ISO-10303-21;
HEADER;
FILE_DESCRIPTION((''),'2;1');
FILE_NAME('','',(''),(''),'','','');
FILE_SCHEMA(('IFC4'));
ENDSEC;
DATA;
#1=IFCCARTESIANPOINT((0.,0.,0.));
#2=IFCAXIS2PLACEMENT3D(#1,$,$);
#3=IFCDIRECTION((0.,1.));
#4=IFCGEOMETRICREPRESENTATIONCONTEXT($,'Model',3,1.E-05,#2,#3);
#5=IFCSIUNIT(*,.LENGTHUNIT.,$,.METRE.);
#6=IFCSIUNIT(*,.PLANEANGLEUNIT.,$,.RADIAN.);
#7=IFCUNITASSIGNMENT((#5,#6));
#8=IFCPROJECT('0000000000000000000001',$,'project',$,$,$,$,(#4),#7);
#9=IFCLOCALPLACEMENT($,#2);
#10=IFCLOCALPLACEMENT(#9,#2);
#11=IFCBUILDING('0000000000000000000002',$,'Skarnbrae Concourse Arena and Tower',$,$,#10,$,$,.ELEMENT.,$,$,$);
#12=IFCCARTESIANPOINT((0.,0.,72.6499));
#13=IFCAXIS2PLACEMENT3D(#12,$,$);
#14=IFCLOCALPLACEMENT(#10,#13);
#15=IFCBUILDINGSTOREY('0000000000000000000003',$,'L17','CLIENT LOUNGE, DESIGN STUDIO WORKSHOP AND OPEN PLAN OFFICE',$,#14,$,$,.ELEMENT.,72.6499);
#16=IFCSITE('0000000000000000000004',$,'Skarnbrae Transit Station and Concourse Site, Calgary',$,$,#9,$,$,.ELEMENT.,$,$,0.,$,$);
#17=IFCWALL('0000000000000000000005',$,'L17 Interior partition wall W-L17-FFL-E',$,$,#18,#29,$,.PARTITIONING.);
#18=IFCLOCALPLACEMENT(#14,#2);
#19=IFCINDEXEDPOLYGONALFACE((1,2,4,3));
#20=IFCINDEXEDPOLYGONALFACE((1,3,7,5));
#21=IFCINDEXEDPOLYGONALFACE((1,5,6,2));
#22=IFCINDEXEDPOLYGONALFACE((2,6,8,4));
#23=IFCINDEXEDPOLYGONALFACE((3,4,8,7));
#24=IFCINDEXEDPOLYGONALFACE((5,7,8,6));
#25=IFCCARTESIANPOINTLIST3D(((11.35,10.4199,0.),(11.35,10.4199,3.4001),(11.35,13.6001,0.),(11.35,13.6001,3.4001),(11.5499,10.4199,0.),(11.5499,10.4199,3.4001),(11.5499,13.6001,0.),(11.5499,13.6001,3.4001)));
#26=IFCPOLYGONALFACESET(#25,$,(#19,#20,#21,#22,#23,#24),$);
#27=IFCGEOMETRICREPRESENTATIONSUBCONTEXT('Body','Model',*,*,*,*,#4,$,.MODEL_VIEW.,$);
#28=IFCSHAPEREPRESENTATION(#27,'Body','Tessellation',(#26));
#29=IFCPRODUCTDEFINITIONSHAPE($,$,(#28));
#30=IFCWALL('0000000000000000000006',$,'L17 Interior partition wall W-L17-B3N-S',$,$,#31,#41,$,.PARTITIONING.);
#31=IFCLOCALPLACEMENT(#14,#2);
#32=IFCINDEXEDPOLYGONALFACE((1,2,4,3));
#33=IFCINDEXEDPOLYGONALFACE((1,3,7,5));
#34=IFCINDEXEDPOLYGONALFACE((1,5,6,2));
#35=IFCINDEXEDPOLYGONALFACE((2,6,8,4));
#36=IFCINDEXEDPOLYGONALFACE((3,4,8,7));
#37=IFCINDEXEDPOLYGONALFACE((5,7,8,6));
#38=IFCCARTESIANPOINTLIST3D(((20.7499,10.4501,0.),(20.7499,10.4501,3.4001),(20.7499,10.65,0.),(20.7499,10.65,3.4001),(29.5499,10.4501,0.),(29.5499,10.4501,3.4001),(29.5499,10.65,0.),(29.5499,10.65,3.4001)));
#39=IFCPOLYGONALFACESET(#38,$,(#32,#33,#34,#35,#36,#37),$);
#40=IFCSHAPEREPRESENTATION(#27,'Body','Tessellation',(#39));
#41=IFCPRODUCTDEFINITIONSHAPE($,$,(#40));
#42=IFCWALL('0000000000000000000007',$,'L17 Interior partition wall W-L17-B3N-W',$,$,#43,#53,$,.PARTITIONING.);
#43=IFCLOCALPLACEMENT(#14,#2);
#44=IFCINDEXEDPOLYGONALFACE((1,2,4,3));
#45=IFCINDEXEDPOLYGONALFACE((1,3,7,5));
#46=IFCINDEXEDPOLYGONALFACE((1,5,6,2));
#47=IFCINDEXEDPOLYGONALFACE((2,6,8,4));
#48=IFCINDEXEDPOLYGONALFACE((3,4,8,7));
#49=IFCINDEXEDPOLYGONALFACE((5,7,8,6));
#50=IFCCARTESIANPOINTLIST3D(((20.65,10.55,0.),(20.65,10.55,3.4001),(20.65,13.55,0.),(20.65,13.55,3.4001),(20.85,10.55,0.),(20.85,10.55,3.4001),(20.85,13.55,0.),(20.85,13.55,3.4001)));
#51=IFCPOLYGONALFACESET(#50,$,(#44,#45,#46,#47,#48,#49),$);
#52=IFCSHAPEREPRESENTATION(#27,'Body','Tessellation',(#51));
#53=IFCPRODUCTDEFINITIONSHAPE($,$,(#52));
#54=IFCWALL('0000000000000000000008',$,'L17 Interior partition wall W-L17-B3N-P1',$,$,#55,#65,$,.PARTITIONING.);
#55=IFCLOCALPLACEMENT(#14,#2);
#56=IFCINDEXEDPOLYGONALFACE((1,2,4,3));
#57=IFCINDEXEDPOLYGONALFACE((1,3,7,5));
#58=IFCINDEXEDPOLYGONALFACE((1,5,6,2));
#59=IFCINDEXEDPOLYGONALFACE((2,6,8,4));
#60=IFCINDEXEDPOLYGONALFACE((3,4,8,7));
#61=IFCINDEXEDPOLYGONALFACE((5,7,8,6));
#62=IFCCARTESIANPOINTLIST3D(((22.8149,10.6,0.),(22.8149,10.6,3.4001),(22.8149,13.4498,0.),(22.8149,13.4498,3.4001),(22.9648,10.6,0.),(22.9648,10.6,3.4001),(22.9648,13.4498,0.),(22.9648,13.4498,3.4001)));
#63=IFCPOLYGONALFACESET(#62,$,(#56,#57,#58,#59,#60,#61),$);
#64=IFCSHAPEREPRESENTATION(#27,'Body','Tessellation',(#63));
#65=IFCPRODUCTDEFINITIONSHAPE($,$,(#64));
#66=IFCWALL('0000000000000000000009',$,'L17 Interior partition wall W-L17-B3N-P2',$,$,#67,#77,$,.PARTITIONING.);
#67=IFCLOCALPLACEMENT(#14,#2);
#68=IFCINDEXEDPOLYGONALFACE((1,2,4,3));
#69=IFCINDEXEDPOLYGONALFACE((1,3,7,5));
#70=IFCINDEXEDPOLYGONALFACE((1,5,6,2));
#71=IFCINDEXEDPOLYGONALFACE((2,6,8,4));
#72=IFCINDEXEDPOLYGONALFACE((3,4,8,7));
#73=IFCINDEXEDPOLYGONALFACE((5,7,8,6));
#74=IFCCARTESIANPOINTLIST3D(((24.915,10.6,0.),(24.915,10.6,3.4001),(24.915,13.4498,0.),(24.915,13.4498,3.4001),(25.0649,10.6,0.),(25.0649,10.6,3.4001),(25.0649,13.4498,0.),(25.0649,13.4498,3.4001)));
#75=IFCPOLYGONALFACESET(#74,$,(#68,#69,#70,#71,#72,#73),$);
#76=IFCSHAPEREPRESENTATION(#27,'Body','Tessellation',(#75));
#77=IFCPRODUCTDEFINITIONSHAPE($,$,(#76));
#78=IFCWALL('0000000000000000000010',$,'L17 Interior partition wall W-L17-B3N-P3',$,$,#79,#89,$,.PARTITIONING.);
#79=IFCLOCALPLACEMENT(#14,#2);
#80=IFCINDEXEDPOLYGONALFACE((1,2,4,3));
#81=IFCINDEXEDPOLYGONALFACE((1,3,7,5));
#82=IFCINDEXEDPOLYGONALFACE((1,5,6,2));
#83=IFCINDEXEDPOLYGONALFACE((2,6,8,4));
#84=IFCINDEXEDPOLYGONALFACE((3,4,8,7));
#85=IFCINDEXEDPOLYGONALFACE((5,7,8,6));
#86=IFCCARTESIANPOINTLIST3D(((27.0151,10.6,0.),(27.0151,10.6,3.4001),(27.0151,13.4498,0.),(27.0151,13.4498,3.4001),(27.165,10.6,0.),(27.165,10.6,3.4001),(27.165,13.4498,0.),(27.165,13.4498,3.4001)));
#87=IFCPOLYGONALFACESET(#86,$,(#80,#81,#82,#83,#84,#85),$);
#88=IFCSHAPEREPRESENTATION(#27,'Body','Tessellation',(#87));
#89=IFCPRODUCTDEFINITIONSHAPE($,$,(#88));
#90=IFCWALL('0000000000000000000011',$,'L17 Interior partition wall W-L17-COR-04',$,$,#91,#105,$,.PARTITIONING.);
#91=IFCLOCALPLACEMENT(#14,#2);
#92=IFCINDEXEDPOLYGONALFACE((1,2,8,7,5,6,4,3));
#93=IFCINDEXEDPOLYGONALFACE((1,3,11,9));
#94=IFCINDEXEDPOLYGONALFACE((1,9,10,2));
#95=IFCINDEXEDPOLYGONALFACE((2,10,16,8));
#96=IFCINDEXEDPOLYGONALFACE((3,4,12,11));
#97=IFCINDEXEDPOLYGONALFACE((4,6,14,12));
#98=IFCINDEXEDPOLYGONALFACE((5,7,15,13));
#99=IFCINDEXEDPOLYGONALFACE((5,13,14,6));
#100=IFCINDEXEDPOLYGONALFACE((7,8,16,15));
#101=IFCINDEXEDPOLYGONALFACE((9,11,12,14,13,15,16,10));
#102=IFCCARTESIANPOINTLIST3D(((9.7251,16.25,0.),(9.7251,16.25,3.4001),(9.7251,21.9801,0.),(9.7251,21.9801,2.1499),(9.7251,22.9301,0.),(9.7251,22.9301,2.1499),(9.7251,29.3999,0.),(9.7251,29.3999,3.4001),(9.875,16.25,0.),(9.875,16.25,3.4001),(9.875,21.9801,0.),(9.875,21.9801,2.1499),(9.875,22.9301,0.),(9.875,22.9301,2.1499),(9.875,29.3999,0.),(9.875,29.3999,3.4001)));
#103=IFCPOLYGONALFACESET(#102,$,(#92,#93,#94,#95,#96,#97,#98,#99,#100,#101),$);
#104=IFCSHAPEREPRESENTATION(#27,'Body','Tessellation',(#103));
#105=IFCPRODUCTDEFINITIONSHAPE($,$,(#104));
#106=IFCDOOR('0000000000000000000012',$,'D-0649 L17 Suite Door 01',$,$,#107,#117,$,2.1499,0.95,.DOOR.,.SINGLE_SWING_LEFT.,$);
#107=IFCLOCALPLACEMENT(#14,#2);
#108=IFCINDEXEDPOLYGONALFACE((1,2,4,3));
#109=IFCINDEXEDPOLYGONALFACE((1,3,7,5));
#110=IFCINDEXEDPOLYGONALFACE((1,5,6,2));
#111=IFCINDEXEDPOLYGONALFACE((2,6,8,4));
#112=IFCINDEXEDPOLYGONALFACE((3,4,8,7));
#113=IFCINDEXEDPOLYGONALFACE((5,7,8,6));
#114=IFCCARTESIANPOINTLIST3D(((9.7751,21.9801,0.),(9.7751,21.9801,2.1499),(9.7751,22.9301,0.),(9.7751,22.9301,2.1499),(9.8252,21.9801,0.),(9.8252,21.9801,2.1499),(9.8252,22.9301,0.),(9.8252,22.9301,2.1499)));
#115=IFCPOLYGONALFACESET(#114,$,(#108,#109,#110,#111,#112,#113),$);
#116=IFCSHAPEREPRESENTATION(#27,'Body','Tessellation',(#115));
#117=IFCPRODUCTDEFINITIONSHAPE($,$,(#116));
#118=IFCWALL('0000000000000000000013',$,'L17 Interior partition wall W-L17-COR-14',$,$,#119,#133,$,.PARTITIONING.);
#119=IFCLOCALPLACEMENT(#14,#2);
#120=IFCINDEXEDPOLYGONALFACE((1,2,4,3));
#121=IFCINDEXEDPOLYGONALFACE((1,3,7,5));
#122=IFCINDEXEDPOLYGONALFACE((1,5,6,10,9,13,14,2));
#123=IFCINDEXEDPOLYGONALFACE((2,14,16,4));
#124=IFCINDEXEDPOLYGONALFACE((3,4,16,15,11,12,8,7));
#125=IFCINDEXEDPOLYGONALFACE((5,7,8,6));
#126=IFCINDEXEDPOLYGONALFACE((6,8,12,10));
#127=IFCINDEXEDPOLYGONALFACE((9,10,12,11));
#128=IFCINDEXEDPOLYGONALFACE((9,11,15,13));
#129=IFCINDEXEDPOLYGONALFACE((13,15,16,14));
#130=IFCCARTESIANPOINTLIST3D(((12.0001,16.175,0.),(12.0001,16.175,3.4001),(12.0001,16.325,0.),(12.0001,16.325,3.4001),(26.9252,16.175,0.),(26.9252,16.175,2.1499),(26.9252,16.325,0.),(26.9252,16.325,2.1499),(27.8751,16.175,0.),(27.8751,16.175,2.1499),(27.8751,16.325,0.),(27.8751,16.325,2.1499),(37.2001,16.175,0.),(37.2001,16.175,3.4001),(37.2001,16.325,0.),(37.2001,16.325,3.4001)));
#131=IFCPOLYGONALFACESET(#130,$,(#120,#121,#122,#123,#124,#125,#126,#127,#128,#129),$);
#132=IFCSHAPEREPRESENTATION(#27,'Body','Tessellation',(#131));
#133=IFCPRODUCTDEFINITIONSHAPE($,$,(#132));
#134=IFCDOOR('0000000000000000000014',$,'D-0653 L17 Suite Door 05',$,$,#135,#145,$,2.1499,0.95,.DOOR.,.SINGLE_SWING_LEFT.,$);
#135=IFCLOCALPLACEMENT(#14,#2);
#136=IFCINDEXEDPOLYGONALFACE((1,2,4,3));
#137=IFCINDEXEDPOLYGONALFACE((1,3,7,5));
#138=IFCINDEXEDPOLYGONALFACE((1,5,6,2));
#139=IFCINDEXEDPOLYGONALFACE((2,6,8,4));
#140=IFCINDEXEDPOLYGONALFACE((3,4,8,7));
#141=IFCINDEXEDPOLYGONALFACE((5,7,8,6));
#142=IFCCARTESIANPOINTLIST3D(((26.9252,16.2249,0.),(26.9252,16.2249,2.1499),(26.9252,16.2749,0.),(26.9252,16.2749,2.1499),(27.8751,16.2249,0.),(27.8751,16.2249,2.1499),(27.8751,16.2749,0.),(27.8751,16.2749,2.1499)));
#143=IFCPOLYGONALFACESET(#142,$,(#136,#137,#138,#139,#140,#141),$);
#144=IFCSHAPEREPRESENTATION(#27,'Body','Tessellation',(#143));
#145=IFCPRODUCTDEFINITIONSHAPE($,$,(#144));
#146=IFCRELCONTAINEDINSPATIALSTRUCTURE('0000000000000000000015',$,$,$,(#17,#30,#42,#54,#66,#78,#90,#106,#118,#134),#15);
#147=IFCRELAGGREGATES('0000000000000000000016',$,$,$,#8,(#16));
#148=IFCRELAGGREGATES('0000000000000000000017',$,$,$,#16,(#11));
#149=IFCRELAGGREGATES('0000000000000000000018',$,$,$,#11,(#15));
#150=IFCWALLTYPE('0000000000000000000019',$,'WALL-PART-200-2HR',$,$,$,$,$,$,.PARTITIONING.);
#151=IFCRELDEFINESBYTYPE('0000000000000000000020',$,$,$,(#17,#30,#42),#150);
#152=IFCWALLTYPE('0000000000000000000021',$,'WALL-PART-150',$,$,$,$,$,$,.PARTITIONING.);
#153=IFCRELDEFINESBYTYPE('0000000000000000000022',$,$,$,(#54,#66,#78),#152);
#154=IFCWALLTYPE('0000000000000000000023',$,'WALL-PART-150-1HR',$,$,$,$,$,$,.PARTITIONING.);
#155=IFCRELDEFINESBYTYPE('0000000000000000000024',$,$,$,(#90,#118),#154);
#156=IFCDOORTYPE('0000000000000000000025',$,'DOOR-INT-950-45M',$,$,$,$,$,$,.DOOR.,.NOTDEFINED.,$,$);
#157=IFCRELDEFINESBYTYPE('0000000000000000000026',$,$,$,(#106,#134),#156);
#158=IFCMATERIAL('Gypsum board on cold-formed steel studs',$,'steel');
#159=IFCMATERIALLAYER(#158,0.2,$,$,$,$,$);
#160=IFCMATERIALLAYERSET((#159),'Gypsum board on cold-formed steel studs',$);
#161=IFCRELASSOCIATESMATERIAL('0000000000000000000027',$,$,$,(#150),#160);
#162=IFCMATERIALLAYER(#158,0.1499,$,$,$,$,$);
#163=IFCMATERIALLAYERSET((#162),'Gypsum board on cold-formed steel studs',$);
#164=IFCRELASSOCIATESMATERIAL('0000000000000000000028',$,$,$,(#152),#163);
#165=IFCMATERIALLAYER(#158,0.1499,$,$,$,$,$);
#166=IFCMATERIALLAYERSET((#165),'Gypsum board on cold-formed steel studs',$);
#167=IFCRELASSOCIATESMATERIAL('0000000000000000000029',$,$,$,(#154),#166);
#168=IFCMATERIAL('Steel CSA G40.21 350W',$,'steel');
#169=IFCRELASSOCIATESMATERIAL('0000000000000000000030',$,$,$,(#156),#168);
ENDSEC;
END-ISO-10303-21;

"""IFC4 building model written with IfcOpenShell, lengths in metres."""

from ifc_helpers import new_model, si_unit, direction, frame, frame_2d, origin, place, context, subcontext, project, spatial, rectangle, extrude, source, transform, mapped, material, layer, layer_set, type_object, element, fill, save


model = new_model("IFC4")

# Units and contexts
model_context = context("Model", 3, precision=1e-05, world=origin(), true_north=direction((0.0, 1.0)))
body_context = subcontext(model_context, "Body", "Model", "MODEL_VIEW")
ifc_project = project(units=[si_unit("LENGTHUNIT", "METRE"), si_unit("PLANEANGLEUNIT", "RADIAN")], contexts=[model_context])

# Site, building, storey
site_placement = place(None, origin())
site = spatial("IfcSite", under=ifc_project, at=site_placement, Name="Skarnbrae Transit Station and Concourse Site, Calgary", CompositionType="ELEMENT", RefElevation=0.0)
building_placement = place(site_placement, origin())
building = spatial("IfcBuilding", under=site, at=building_placement, Name="Skarnbrae Concourse Arena and Tower", CompositionType="ELEMENT")
storey_placement = place(building_placement, frame((0.0, 0.0, 72.6499)))
storey = spatial("IfcBuildingStorey", under=building, at=storey_placement, Name="L17", Description="CLIENT LOUNGE, DESIGN STUDIO WORKSHOP AND OPEN PLAN OFFICE", CompositionType="ELEMENT", Elevation=72.6499)

# Shared definitions
ifc_material_1 = material(Name="Steel CSA G40.21 350W", Category="steel")

# Walls
ifc_material_2 = material(Name="Gypsum board on cold-formed steel studs", Category="steel")
ifc_layer_1 = layer(ifc_material_2, 0.2)
ifc_layer_set_1 = layer_set([ifc_layer_1], Name="Gypsum board on cold-formed steel studs")
wall_type_1 = type_object("IfcWallType", Name="WALL-PART-200-2HR", PredefinedType="PARTITIONING", material=ifc_layer_set_1)
shared_shape_1 = source(origin(), body_context, "Body", "SweptSolid", [
    extrude(rectangle(XDim=3.1802, YDim=0.2, at=frame_2d((1.5901, 0.0))), origin(), (0.0, 0.0, 1.0), 3.4001),
])
wall_1_placement = place(storey_placement, frame((11.45, 10.4199, 0.0), z_axis=(0.0, 0.0, 1.0), x_axis=(0.0, 1.0, 0.0)))
element("IfcWall", 1, at=wall_1_placement, inside=storey, type_object=wall_type_1, Name="L17 Interior partition wall W-L17-FFL-E", PredefinedType="PARTITIONING", context=body_context, shape_type="MappedRepresentation", body=[
    mapped(shared_shape_1, transform((0.0, 0.0, 0.0))),
])
shared_shape_2 = source(origin(), body_context, "Body", "SweptSolid", [
    extrude(rectangle(XDim=8.8, YDim=0.2, at=frame_2d((4.3999, 0.0))), origin(), (0.0, 0.0, 1.0), 3.4001),
])
wall_2_placement = place(storey_placement, frame((20.75, 10.55, 0.0), z_axis=(0.0, 0.0, 1.0), x_axis=(1.0, 0.0, 0.0)))
element("IfcWall", 2, at=wall_2_placement, inside=storey, type_object=wall_type_1, Name="L17 Interior partition wall W-L17-B3N-S", PredefinedType="PARTITIONING", context=body_context, shape_type="MappedRepresentation", body=[
    mapped(shared_shape_2, transform((0.0, 0.0, 0.0))),
])
shared_shape_3 = source(origin(), body_context, "Body", "SweptSolid", [
    extrude(rectangle(XDim=3.0, YDim=0.2, at=frame_2d((1.5, 0.0))), origin(), (0.0, 0.0, 1.0), 3.4001),
])
wall_3_placement = place(storey_placement, frame((20.75, 10.55, 0.0), z_axis=(0.0, 0.0, 1.0), x_axis=(0.0, 1.0, 0.0)))
element("IfcWall", 3, at=wall_3_placement, inside=storey, type_object=wall_type_1, Name="L17 Interior partition wall W-L17-B3N-W", PredefinedType="PARTITIONING", context=body_context, shape_type="MappedRepresentation", body=[
    mapped(shared_shape_3, transform((0.0, 0.0, 0.0))),
])
ifc_layer_2 = layer(ifc_material_2, 0.1499)
ifc_layer_set_2 = layer_set([ifc_layer_2], Name="Gypsum board on cold-formed steel studs")
wall_type_2 = type_object("IfcWallType", Name="WALL-PART-150", PredefinedType="PARTITIONING", material=ifc_layer_set_2)
shared_shape_4 = source(origin(), body_context, "Body", "SweptSolid", [
    extrude(rectangle(XDim=2.8499, YDim=0.1499, at=frame_2d((1.4248, 0.0))), origin(), (0.0, 0.0, 1.0), 3.4001),
])
for number, where, z_axis, x_axis, name in (
    (4, (22.8899, 10.6001, 0.0), (0.0, 0.0, 1.0), (0.0, 1.0, 0.0), "L17 Interior partition wall W-L17-B3N-P1"),
    (5, (24.99, 10.6001, 0.0), (0.0, 0.0, 1.0), (0.0, 1.0, 0.0), "L17 Interior partition wall W-L17-B3N-P2"),
    (6, (27.0901, 10.6001, 0.0), (0.0, 0.0, 1.0), (0.0, 1.0, 0.0), "L17 Interior partition wall W-L17-B3N-P3"),
):
    element("IfcWall", number, at=place(storey_placement, frame(where, z_axis=z_axis, x_axis=x_axis)), inside=storey, type_object=wall_type_2, Name=name, PredefinedType="PARTITIONING", context=body_context, shape_type="MappedRepresentation", body=[
        mapped(shared_shape_4, transform((0.0, 0.0, 0.0))),
    ])

# Walls, openings, doors
ifc_layer_3 = layer(ifc_material_2, 0.1499)
ifc_layer_set_3 = layer_set([ifc_layer_3], Name="Gypsum board on cold-formed steel studs")
wall_type_3 = type_object("IfcWallType", Name="WALL-PART-150-1HR", PredefinedType="PARTITIONING", material=ifc_layer_set_3)
shared_shape_5 = source(origin(), body_context, "Body", "SweptSolid", [
    extrude(rectangle(XDim=13.1499, YDim=0.1499, at=frame_2d((6.575, 0.0))), origin(), (0.0, 0.0, 1.0), 3.4001),
])
wall_4_placement = place(storey_placement, frame((9.8, 16.25, 0.0), z_axis=(0.0, 0.0, 1.0), x_axis=(0.0, 1.0, 0.0)))
wall_4 = element("IfcWall", 7, at=wall_4_placement, inside=storey, type_object=wall_type_3, Name="L17 Interior partition wall W-L17-COR-04", PredefinedType="PARTITIONING", context=body_context, shape_type="MappedRepresentation", body=[
    mapped(shared_shape_5, transform((0.0, 0.0, 0.0))),
])
opening_1_placement = place(wall_4_placement, frame((5.73, 0.0, 0.0)))
opening_1 = element("IfcOpeningElement", 8, at=opening_1_placement, cuts=wall_4, PredefinedType="OPENING", context=body_context, shape_type="SweptSolid", body=[
    extrude(rectangle(XDim=0.95, YDim=2.1499, at=frame_2d((0.4751, 1.075))), frame((0.0, 0.085, 0.0), z_axis=(0.0, -1.0, 0.0), x_axis=(1.0, 0.0, 0.0)), (0.0, 0.0, 1.0), 0.1699),
])
door_type_1 = type_object("IfcDoorType", Name="DOOR-INT-950-45M", OperationType="NOTDEFINED", PredefinedType="DOOR", material=ifc_material_1)
shared_shape_6 = source(origin(), body_context, "Body", "SweptSolid", [
    extrude(rectangle(XDim=0.95, YDim=2.1499, at=frame_2d((0.4751, 1.075))), frame((0.0, 0.0249, 0.0), z_axis=(0.0, -1.0, 0.0), x_axis=(1.0, 0.0, 0.0)), (0.0, 0.0, 1.0), 0.05),
])
door_1_placement = place(opening_1_placement, origin())
door_1 = element("IfcDoor", 9, at=door_1_placement, inside=storey, type_object=door_type_1, Name="D-0649 L17 Suite Door 01", OperationType="SINGLE_SWING_LEFT", OverallHeight=2.1499, OverallWidth=0.95, PredefinedType="DOOR", context=body_context, shape_type="MappedRepresentation", body=[
    mapped(shared_shape_6, transform((0.0, 0.0, 0.0))),
])
fill(opening_1, door_1)
shared_shape_7 = source(origin(), body_context, "Body", "SweptSolid", [
    extrude(rectangle(XDim=25.2, YDim=0.1499, at=frame_2d((12.6001, 0.0))), origin(), (0.0, 0.0, 1.0), 3.4001),
])
wall_5_placement = place(storey_placement, frame((12.0, 16.25, 0.0), z_axis=(0.0, 0.0, 1.0), x_axis=(1.0, 0.0, 0.0)))
wall_5 = element("IfcWall", 10, at=wall_5_placement, inside=storey, type_object=wall_type_3, Name="L17 Interior partition wall W-L17-COR-14", PredefinedType="PARTITIONING", context=body_context, shape_type="MappedRepresentation", body=[
    mapped(shared_shape_7, transform((0.0, 0.0, 0.0))),
])
opening_2_placement = place(wall_5_placement, frame((14.925, 0.0, 0.0)))
opening_2 = element("IfcOpeningElement", 11, at=opening_2_placement, cuts=wall_5, PredefinedType="OPENING", context=body_context, shape_type="SweptSolid", body=[
    extrude(rectangle(XDim=0.95, YDim=2.1499, at=frame_2d((0.4751, 1.075))), frame((0.0, 0.085, 0.0), z_axis=(0.0, -1.0, 0.0), x_axis=(1.0, 0.0, 0.0)), (0.0, 0.0, 1.0), 0.1699),
])
door_2_placement = place(opening_2_placement, origin())
door_2 = element("IfcDoor", 12, at=door_2_placement, inside=storey, type_object=door_type_1, Name="D-0653 L17 Suite Door 05", OperationType="SINGLE_SWING_LEFT", OverallHeight=2.1499, OverallWidth=0.95, PredefinedType="DOOR", context=body_context, shape_type="MappedRepresentation", body=[
    mapped(shared_shape_6, transform((0.0, 0.0, 0.0))),
])
fill(opening_2, door_2)

save(model, "model.ifc")
